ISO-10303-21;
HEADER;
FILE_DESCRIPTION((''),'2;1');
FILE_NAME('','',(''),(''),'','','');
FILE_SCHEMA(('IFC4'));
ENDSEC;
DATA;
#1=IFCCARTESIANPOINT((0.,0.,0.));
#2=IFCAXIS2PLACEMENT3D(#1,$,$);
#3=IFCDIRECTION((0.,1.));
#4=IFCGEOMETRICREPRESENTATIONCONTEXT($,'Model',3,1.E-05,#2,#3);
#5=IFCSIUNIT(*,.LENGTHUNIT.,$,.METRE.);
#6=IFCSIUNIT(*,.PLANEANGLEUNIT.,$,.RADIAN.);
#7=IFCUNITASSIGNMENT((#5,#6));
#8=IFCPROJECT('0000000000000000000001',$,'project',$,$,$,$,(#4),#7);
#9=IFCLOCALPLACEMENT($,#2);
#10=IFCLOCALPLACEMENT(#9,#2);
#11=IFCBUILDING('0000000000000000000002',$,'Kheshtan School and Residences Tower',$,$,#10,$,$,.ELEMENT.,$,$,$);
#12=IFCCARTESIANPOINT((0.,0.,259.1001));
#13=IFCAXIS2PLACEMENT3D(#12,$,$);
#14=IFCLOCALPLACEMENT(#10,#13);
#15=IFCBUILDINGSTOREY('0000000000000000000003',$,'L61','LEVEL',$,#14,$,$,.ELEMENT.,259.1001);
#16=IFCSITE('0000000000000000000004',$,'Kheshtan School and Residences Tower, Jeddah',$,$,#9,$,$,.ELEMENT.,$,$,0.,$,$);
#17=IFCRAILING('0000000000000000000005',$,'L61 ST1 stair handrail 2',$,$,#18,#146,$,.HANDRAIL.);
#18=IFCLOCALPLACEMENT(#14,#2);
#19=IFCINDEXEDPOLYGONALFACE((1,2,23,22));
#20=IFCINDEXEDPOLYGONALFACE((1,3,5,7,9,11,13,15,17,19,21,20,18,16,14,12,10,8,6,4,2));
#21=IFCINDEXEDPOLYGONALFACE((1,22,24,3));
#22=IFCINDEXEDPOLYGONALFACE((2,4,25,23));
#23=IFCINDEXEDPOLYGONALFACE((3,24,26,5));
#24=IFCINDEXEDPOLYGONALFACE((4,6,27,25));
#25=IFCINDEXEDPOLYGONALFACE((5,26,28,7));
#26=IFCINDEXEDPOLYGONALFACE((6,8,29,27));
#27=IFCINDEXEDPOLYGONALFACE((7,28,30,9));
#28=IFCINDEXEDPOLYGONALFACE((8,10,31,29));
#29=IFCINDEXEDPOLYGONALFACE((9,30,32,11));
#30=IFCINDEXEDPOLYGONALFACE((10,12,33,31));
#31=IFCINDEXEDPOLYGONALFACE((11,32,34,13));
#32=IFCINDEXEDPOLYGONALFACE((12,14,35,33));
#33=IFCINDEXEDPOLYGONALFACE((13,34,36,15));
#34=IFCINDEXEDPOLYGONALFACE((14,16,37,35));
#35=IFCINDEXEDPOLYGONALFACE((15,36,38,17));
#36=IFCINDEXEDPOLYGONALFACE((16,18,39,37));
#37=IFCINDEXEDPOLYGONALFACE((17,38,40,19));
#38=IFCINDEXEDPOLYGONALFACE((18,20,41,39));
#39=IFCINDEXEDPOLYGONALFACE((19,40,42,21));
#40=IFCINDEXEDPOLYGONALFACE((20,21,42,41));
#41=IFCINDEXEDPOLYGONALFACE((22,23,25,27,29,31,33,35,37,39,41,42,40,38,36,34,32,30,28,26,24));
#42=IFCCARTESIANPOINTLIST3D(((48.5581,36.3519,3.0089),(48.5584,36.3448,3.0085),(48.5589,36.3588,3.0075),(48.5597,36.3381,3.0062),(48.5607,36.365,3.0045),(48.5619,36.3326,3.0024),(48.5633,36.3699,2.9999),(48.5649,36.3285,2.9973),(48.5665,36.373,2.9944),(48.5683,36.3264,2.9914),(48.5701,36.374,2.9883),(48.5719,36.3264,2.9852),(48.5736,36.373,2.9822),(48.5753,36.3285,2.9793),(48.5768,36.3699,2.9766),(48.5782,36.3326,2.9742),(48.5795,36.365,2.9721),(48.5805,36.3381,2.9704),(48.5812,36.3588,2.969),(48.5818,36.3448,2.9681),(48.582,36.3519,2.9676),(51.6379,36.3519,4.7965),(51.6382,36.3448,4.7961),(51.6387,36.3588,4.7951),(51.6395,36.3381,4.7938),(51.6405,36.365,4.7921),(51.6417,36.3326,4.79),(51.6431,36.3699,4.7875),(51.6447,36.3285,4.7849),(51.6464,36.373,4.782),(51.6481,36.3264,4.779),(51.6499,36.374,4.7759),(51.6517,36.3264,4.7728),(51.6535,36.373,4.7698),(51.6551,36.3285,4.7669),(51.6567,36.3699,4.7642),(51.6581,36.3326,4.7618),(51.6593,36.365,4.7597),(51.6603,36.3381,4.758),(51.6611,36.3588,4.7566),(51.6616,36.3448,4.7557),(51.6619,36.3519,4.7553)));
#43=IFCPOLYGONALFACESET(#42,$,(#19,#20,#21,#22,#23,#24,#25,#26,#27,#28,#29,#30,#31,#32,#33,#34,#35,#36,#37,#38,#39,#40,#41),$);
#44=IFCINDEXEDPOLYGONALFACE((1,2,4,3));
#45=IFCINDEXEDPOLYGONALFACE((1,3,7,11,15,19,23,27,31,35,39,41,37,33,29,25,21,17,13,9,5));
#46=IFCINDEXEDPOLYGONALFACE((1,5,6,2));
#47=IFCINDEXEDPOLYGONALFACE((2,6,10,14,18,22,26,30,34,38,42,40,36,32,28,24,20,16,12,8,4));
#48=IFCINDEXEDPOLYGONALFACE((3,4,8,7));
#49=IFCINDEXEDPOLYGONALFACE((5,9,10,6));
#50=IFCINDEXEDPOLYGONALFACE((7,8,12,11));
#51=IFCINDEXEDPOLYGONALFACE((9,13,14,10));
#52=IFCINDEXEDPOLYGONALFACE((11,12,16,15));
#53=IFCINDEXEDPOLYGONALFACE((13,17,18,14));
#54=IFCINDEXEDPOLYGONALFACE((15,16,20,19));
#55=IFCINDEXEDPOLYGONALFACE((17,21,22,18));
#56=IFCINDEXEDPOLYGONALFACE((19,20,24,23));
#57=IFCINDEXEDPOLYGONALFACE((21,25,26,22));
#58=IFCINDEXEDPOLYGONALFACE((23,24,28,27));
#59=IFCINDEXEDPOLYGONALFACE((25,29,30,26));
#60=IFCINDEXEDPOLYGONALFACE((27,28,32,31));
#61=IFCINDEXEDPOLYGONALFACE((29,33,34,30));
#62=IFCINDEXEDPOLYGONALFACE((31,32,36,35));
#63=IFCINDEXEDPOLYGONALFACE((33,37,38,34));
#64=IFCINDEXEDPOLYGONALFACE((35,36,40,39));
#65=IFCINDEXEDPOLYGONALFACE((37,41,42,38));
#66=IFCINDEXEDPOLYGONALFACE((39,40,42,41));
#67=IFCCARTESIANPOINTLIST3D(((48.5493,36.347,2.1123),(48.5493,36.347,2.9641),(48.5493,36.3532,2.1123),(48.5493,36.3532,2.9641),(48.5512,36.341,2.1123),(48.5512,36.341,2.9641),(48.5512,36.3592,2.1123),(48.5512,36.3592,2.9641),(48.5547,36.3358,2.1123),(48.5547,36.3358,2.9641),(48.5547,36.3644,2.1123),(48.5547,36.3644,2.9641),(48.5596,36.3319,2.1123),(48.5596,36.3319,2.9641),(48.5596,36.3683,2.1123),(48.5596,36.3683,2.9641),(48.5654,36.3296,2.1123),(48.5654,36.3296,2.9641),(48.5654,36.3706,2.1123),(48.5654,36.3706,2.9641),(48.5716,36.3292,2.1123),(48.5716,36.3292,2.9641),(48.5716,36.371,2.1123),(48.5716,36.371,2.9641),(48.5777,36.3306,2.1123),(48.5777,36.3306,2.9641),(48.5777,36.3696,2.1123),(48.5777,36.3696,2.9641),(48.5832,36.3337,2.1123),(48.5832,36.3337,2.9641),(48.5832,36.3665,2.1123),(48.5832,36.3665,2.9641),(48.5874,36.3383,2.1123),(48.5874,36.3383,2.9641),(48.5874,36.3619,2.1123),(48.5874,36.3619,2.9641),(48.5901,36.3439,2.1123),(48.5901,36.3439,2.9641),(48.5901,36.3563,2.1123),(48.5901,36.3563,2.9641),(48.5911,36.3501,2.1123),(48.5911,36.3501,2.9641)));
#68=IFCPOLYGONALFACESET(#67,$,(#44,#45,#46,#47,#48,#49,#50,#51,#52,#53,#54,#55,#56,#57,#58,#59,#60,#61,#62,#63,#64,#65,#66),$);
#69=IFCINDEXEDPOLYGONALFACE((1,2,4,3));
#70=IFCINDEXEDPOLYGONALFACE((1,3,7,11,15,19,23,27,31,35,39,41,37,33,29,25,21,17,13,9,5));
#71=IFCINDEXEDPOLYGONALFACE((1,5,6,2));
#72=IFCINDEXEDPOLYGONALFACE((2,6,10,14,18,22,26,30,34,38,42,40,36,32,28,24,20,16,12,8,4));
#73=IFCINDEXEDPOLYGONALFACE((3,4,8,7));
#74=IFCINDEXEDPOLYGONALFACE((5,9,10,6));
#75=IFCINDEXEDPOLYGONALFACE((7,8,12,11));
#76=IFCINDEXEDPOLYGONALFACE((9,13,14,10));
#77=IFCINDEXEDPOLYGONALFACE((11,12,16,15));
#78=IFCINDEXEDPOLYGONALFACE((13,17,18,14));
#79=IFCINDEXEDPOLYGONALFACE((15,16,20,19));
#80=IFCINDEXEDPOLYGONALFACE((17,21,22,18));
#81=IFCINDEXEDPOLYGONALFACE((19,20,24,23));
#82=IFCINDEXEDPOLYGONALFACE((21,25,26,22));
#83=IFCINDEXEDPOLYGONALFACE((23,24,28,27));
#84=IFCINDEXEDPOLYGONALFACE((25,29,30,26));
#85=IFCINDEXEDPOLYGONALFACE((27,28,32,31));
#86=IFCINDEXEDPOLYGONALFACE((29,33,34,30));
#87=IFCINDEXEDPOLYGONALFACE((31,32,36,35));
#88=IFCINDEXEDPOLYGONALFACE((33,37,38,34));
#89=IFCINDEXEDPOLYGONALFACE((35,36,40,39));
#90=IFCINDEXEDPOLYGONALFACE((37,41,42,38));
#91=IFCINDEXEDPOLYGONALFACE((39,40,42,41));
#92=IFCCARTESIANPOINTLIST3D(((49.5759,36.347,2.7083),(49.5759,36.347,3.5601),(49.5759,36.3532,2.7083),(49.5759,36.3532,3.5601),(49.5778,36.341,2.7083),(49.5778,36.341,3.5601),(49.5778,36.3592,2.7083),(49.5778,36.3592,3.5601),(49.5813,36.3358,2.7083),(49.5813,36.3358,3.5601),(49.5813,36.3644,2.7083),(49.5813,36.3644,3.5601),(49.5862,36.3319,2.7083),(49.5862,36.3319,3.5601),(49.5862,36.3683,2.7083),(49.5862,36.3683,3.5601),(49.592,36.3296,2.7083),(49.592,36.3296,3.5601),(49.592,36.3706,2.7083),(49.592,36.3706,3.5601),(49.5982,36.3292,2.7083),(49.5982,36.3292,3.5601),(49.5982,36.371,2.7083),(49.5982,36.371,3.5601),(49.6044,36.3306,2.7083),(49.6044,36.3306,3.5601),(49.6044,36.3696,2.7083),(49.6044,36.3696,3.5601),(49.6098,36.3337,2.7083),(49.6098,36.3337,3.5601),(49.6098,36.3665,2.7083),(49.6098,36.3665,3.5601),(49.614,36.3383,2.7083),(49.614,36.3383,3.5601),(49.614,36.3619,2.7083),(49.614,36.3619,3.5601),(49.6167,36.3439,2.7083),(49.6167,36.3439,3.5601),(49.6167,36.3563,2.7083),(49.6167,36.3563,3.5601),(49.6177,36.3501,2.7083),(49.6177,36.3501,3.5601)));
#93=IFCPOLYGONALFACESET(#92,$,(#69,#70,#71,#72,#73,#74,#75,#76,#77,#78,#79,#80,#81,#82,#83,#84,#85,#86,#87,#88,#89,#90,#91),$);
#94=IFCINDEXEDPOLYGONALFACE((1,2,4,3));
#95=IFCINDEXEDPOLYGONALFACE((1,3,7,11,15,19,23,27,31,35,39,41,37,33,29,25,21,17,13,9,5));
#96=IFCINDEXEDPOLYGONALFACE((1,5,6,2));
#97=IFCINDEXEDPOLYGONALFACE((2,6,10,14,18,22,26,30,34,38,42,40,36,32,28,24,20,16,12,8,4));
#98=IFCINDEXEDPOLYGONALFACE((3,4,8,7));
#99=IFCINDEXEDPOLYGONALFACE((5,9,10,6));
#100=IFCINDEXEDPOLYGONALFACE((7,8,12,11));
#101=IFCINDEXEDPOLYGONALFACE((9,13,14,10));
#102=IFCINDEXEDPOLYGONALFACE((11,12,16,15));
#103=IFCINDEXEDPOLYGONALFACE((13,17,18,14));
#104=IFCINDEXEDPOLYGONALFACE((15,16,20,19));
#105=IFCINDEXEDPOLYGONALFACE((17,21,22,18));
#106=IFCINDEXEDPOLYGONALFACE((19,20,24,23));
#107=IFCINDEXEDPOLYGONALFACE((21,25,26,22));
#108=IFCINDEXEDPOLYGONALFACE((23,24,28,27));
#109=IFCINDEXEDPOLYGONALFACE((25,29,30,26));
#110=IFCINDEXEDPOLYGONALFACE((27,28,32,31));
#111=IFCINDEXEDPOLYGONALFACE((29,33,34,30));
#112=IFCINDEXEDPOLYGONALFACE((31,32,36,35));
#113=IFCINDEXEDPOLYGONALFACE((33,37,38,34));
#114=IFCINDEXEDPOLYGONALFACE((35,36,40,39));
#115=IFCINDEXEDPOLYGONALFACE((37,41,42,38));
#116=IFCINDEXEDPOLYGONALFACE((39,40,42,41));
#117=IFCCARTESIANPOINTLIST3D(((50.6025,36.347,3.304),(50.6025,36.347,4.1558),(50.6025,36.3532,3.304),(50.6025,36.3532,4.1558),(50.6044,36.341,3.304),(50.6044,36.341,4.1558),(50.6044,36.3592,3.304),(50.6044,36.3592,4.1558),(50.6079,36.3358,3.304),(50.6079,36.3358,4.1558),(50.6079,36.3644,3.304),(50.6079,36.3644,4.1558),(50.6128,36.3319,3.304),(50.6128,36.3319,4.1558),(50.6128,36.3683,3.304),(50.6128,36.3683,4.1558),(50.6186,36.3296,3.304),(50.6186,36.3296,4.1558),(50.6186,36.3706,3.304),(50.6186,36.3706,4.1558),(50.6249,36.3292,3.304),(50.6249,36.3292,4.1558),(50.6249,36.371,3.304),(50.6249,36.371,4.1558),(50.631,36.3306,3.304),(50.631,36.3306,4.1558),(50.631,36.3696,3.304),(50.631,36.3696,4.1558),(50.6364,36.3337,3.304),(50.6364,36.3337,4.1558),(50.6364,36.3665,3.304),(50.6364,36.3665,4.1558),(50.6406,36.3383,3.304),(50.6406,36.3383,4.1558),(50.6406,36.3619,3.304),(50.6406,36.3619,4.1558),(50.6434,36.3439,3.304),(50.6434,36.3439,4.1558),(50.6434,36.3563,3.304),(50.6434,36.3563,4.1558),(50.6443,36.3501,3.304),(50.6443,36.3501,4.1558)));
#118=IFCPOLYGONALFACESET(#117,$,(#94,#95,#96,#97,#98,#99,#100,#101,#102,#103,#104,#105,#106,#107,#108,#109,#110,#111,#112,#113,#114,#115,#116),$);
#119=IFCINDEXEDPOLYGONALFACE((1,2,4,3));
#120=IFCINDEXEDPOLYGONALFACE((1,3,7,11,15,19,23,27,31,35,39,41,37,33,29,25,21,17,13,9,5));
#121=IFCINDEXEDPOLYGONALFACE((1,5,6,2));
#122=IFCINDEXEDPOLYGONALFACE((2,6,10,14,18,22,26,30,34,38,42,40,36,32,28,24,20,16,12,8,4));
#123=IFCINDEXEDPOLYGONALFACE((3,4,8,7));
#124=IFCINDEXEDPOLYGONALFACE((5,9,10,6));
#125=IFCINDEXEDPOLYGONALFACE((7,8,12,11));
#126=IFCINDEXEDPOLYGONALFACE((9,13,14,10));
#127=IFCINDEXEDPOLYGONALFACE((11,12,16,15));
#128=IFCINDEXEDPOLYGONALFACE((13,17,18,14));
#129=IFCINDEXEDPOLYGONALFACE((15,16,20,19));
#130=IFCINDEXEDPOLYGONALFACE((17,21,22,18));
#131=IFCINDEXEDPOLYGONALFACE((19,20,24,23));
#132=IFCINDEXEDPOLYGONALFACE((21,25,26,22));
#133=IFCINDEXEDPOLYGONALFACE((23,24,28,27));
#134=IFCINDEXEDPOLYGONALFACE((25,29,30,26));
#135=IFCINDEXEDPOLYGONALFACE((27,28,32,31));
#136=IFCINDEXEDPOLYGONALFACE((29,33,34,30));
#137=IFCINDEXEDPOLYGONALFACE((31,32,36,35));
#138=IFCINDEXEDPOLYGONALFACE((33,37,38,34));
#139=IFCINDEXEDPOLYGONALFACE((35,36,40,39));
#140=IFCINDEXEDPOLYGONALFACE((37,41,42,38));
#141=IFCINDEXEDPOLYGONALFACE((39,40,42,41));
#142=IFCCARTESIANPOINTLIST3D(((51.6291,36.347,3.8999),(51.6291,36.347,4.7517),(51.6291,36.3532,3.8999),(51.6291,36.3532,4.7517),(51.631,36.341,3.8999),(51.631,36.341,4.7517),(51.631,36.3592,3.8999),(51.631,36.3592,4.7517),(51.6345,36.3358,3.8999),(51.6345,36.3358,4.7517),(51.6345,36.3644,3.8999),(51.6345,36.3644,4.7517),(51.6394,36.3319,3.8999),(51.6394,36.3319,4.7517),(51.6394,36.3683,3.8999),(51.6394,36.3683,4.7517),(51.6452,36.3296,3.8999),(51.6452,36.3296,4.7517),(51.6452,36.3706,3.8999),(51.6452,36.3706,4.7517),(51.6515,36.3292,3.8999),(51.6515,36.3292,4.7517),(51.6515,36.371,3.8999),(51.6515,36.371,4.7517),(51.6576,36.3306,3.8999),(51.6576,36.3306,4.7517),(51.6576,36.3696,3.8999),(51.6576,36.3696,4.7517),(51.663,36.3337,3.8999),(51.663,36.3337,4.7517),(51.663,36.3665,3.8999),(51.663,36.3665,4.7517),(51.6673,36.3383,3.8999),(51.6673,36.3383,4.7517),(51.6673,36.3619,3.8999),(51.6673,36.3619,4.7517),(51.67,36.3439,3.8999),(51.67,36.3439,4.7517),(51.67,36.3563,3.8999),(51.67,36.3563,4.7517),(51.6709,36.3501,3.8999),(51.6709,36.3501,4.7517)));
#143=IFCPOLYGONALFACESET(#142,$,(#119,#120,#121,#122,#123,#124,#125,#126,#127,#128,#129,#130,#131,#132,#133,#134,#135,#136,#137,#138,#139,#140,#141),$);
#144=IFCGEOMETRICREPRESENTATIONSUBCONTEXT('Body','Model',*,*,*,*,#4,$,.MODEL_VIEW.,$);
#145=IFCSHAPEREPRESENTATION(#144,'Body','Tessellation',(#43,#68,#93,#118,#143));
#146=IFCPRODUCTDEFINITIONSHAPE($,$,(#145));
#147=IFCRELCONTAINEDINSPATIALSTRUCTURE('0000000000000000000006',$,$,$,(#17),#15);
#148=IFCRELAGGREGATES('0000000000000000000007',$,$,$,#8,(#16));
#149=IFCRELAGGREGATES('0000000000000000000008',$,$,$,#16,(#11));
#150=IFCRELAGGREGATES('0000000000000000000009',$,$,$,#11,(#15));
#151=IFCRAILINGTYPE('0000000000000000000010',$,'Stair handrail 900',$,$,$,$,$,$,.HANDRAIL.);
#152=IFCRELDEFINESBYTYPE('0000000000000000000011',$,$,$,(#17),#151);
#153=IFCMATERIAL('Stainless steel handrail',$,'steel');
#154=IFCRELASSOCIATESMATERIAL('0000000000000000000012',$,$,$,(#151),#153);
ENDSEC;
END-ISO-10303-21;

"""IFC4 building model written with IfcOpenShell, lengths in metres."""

from ifc_helpers import new_model, si_unit, direction, frame, origin, origin_2d, place, context, subcontext, project, spatial, circle, extrude, material, type_object, element, save


model = new_model("IFC4")

# Units and contexts
model_context = context("Model", 3, precision=1e-05, world=origin(), true_north=direction((0.0, 1.0)))
body_context = subcontext(model_context, "Body", "Model", "MODEL_VIEW")
ifc_project = project(units=[si_unit("LENGTHUNIT", "METRE"), si_unit("PLANEANGLEUNIT", "RADIAN")], contexts=[model_context])

# Site, building, storey
site_placement = place(None, origin())
site = spatial("IfcSite", under=ifc_project, at=site_placement, Name="Kheshtan School and Residences Tower, Jeddah", CompositionType="ELEMENT", RefElevation=0.0)
building_placement = place(site_placement, origin())
building = spatial("IfcBuilding", under=site, at=building_placement, Name="Kheshtan School and Residences Tower", CompositionType="ELEMENT")
storey_placement = place(building_placement, frame((0.0, 0.0, 259.1001)))
storey = spatial("IfcBuildingStorey", under=building, at=storey_placement, Name="L61", Description="LEVEL", CompositionType="ELEMENT", Elevation=259.1001)

# Railing
ifc_material_1 = material(Name="Stainless steel handrail", Category="steel")
railing_type_1 = type_object("IfcRailingType", Name="Stair handrail 900", PredefinedType="HANDRAIL", material=ifc_material_1)
railing_1_placement = place(storey_placement, frame((48.5701, 36.3501, 2.1123)))
element("IfcRailing", 1, at=railing_1_placement, inside=storey, type_object=railing_type_1, Name="L61 ST1 stair handrail 2", PredefinedType="HANDRAIL", context=body_context, shape_type="SweptSolid", body=[
    extrude(circle(Radius=0.0239, at=origin_2d()), frame((0.0, 0.0, 0.876), z_axis=(0.864873, 0.0, 0.50199), x_axis=(0.0, 1.0, 0.0)), (0.0, 0.0, 1.0), 3.561),
    extrude(circle(Radius=0.021, at=origin_2d()), origin(), (0.0, 0.0, 1.0), 0.8518),
    extrude(circle(Radius=0.021, at=origin_2d()), frame((1.0266, 0.0, 0.5959)), (0.0, 0.0, 1.0), 0.8518),
    extrude(circle(Radius=0.021, at=origin_2d()), frame((2.0532, 0.0, 1.1917)), (0.0, 0.0, 1.0), 0.8518),
    extrude(circle(Radius=0.021, at=origin_2d()), frame((3.0798, 0.0, 1.7876)), (0.0, 0.0, 1.0), 0.8518),
])

save(model, "model.ifc")
